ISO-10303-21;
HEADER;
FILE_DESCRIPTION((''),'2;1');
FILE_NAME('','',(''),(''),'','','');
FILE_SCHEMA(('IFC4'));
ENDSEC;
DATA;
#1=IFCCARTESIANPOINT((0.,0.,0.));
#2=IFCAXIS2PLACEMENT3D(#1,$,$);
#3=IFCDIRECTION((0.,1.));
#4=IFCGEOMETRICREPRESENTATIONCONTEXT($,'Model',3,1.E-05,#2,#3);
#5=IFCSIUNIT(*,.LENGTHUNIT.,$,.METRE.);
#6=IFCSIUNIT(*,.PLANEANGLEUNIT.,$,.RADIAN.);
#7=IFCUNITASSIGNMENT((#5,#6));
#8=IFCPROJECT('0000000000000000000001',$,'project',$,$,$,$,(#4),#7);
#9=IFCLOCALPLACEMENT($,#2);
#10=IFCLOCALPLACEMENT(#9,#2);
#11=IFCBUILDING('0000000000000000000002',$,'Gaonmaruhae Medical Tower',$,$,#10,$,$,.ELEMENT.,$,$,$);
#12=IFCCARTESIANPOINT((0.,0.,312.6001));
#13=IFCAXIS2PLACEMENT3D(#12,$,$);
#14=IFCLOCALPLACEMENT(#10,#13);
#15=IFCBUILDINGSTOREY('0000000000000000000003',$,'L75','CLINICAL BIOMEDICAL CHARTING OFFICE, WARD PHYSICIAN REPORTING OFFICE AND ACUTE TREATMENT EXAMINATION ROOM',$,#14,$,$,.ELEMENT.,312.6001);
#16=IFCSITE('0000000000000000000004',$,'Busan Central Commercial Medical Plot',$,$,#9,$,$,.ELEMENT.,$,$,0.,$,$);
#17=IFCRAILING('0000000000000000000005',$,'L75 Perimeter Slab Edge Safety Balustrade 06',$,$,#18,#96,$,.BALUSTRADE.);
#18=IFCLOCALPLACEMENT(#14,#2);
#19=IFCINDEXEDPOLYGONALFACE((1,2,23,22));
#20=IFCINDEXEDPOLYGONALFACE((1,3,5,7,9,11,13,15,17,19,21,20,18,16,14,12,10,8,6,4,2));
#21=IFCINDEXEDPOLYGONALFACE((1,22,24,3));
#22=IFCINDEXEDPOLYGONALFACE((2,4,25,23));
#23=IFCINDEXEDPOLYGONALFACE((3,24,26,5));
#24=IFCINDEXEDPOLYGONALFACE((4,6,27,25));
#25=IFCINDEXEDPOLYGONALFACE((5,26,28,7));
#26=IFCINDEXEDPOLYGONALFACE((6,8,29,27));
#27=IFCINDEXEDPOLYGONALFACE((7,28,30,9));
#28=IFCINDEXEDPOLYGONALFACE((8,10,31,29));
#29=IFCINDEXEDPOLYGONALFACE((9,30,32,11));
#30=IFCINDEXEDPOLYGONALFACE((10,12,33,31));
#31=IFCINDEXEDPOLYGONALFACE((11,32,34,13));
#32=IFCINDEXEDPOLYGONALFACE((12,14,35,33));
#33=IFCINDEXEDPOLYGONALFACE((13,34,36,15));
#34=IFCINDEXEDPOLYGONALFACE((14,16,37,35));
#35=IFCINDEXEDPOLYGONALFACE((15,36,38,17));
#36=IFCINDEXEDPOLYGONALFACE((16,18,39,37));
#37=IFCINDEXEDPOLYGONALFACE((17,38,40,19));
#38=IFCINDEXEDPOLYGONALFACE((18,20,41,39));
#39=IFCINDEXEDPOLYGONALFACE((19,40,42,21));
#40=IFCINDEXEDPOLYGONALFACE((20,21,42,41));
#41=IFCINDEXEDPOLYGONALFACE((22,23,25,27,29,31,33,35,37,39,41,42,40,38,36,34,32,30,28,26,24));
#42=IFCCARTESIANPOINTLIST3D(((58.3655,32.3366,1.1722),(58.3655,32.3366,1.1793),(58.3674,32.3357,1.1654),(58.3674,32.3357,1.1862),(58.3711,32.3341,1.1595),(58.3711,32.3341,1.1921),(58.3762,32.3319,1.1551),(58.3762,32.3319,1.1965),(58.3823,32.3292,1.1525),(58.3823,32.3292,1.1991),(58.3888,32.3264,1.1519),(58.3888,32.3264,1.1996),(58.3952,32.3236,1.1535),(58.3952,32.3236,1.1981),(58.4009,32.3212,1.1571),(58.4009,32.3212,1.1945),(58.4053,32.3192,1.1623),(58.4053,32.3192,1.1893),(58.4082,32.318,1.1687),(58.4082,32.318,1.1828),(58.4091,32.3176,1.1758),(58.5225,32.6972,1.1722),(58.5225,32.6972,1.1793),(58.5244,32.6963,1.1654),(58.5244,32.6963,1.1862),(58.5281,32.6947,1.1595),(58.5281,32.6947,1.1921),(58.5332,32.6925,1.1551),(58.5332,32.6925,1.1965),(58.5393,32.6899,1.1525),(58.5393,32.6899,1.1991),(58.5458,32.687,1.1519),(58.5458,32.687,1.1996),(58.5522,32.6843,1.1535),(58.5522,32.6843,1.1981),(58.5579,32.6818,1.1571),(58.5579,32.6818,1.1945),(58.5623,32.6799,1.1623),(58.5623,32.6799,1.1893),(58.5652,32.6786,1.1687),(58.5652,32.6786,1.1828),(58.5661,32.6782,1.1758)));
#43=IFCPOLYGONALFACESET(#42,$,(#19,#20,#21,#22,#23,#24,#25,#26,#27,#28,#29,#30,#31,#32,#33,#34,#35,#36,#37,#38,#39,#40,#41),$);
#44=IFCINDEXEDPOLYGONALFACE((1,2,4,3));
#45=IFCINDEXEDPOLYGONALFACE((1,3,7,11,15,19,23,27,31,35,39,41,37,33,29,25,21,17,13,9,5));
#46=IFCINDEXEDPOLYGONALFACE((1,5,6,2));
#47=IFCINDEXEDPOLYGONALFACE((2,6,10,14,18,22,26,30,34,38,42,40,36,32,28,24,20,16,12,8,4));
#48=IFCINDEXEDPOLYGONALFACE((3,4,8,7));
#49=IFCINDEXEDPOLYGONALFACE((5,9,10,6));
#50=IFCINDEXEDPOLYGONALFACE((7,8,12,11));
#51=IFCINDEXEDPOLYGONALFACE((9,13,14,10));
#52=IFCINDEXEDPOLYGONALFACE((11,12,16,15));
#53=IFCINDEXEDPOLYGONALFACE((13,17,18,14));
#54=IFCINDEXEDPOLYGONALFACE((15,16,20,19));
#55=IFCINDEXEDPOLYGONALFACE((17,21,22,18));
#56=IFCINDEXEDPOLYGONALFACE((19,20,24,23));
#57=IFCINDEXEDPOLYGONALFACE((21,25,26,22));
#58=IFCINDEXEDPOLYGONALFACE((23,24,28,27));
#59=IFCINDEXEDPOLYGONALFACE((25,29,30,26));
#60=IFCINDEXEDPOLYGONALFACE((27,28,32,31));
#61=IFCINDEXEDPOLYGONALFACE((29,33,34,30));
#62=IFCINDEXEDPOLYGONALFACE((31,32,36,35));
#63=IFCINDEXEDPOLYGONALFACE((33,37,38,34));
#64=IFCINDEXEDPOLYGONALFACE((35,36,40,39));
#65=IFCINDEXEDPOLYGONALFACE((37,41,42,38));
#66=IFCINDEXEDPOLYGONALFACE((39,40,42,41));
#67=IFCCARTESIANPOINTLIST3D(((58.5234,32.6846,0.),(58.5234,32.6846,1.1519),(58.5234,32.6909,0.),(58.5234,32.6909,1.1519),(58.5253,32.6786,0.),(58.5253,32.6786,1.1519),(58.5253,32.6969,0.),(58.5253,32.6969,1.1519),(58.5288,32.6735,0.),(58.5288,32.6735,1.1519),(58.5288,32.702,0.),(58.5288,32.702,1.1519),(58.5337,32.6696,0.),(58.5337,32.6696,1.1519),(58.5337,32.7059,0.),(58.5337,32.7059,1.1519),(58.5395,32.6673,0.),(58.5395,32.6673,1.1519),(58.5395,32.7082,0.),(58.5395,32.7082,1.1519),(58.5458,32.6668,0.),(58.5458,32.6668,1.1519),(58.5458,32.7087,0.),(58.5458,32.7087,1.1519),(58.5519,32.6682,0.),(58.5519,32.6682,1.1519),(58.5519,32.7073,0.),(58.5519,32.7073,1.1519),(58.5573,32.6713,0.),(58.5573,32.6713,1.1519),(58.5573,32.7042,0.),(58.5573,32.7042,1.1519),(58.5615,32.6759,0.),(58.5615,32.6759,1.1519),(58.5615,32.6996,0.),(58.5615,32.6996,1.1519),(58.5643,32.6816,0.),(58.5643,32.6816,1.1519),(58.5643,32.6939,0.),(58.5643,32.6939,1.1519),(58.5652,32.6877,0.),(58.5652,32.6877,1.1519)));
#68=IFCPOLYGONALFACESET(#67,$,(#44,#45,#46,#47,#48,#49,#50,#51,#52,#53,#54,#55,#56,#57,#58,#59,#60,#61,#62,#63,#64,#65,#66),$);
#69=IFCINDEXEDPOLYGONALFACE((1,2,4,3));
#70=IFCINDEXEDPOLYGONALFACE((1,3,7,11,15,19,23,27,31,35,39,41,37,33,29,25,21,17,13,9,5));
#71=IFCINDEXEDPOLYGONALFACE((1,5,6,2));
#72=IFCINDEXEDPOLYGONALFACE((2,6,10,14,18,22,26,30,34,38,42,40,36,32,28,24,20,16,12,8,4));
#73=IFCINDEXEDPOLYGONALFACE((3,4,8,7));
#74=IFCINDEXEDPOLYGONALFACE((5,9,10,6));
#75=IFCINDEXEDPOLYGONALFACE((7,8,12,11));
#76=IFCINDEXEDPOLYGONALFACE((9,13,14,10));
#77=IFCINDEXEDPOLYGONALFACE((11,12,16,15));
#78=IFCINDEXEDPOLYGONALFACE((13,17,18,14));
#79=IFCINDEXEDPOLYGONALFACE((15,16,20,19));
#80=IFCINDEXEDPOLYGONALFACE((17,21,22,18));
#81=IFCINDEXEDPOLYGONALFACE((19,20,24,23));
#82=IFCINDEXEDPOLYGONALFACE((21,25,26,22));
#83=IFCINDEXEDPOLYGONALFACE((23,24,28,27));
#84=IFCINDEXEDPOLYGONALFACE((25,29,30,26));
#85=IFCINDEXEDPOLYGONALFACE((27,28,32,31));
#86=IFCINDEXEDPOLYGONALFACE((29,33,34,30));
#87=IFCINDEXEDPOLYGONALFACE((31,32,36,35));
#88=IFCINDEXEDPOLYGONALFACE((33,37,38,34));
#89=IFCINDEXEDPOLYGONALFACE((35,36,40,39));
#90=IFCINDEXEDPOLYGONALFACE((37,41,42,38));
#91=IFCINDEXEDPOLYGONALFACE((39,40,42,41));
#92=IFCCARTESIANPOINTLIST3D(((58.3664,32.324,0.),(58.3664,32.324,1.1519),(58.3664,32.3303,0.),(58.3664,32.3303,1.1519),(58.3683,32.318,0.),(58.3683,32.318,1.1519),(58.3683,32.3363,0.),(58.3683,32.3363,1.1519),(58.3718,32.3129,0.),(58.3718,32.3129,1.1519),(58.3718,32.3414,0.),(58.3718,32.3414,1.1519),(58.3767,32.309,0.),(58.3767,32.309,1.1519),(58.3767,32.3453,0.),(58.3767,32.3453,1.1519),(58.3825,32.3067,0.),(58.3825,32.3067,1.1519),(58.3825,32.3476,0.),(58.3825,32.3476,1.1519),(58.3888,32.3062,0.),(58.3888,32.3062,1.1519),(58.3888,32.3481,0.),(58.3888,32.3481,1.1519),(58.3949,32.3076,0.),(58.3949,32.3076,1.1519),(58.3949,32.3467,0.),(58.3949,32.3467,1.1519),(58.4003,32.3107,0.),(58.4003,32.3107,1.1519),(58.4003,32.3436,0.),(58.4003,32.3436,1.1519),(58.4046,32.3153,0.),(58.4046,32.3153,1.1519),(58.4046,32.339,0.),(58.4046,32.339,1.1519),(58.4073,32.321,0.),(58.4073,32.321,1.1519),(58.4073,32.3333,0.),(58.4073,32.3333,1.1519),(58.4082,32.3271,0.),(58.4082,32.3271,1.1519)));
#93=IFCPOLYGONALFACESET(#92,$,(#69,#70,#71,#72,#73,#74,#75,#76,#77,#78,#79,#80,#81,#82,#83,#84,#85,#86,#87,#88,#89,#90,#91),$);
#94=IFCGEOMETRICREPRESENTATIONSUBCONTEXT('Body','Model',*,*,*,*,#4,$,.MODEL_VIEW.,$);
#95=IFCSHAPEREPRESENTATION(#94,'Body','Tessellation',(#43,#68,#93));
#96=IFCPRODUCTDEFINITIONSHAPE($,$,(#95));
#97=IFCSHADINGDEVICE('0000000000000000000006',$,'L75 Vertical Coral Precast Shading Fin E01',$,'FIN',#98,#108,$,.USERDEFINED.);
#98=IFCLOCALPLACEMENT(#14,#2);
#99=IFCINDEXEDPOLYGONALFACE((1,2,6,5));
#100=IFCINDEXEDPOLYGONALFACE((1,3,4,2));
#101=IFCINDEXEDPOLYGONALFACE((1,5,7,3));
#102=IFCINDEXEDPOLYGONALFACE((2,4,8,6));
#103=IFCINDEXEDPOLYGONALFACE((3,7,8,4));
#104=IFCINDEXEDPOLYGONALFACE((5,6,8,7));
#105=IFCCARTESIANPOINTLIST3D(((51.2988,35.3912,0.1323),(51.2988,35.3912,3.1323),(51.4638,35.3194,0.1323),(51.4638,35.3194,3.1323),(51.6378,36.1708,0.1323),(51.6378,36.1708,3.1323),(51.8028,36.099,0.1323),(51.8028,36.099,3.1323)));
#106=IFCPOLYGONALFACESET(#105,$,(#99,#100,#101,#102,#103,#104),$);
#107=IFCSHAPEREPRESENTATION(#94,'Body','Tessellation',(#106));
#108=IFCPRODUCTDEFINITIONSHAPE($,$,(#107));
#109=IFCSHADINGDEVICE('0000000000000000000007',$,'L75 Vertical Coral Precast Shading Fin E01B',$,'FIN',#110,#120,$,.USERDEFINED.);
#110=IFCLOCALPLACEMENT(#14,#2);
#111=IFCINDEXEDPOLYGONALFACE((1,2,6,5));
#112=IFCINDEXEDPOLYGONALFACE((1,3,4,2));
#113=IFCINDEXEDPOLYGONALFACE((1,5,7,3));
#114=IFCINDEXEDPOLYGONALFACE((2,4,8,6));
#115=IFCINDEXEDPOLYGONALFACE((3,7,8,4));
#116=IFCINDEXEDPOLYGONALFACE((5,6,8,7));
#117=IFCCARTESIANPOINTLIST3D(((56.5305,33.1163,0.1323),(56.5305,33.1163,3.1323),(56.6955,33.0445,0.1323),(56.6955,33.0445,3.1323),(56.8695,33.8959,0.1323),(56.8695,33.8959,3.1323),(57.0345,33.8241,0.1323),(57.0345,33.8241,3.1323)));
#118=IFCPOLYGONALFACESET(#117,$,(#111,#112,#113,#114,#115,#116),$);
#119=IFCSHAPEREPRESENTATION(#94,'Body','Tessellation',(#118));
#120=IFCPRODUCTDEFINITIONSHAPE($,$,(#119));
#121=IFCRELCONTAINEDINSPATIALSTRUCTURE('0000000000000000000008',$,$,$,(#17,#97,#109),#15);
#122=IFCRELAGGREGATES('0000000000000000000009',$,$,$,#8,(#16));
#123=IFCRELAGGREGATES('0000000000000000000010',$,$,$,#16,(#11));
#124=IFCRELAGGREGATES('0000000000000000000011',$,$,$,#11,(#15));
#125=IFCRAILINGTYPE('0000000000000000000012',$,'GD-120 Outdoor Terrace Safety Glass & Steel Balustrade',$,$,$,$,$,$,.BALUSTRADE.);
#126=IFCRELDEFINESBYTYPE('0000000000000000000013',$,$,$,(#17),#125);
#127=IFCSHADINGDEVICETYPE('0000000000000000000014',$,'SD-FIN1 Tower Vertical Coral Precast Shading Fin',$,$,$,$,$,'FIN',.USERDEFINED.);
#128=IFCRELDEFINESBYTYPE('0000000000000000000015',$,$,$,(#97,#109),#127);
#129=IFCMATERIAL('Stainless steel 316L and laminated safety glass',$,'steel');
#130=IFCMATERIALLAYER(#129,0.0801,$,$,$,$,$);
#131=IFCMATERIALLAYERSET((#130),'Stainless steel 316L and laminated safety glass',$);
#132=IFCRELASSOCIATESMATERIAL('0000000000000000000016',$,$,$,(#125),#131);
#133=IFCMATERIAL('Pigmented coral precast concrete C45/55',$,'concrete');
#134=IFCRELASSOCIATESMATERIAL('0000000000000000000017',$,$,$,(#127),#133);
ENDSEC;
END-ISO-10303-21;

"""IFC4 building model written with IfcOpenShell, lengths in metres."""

from ifc_helpers import new_model, si_unit, direction, frame, origin, origin_2d, place, context, subcontext, project, spatial, rectangle, circle, extrude, material, layer, layer_set, type_object, element, save


model = new_model("IFC4")

# Units and contexts
model_context = context("Model", 3, precision=1e-05, world=origin(), true_north=direction((0.0, 1.0)))
body_context = subcontext(model_context, "Body", "Model", "MODEL_VIEW")
ifc_project = project(units=[si_unit("LENGTHUNIT", "METRE"), si_unit("PLANEANGLEUNIT", "RADIAN")], contexts=[model_context])

# Site, building, storey
site_placement = place(None, origin())
site = spatial("IfcSite", under=ifc_project, at=site_placement, Name="Busan Central Commercial Medical Plot", CompositionType="ELEMENT", RefElevation=0.0)
building_placement = place(site_placement, origin())
building = spatial("IfcBuilding", under=site, at=building_placement, Name="Gaonmaruhae Medical Tower", CompositionType="ELEMENT")
storey_placement = place(building_placement, frame((0.0, 0.0, 312.6001)))
storey = spatial("IfcBuildingStorey", under=building, at=storey_placement, Name="L75", Description="CLINICAL BIOMEDICAL CHARTING OFFICE, WARD PHYSICIAN REPORTING OFFICE AND ACUTE TREATMENT EXAMINATION ROOM", CompositionType="ELEMENT", Elevation=312.6001)

# Railing
ifc_material_1 = material(Name="Stainless steel 316L and laminated safety glass", Category="steel")
ifc_layer_1 = layer(ifc_material_1, 0.0801)
ifc_layer_set_1 = layer_set([ifc_layer_1], Name="Stainless steel 316L and laminated safety glass")
railing_type = type_object("IfcRailingType", Name="GD-120 Outdoor Terrace Safety Glass & Steel Balustrade", PredefinedType="BALUSTRADE", material=ifc_layer_set_1)
railing_1_placement = place(storey_placement, frame((58.5442, 32.6877, 0.0)))
element("IfcRailing", 1, at=railing_1_placement, inside=storey, type_object=railing_type, Name="L75 Perimeter Slab Edge Safety Balustrade 06", PredefinedType="BALUSTRADE", context=body_context, shape_type="SweptSolid", body=[
    extrude(circle(Radius=0.0239, at=origin_2d()), frame((0.0, 0.0, 1.1758), z_axis=(-0.399157, -0.916882, 0.0), x_axis=(0.916882, -0.399157, 0.0)), (0.0, 0.0, 1.0), 0.3933),
    extrude(circle(Radius=0.021, at=origin_2d()), origin(), (0.0, 0.0, 1.0), 1.1519),
    extrude(circle(Radius=0.021, at=origin_2d()), frame((-0.157, -0.3606, 0.0)), (0.0, 0.0, 1.0), 1.1519),
])

# Shading devices
ifc_material_2 = material(Name="Pigmented coral precast concrete C45/55", Category="concrete")
shading_device_type = type_object("IfcShadingDeviceType", Name="SD-FIN1 Tower Vertical Coral Precast Shading Fin", ElementType="FIN", PredefinedType="USERDEFINED", material=ifc_material_2)
for number, where, z_axis, x_axis, name in (
    (2, (51.5508, 35.7451, 0.1323), (0.0, 0.0, 1.0), (0.91706, -0.398749, 0.0), "L75 Vertical Coral Precast Shading Fin E01"),
    (3, (56.7825, 33.4702, 0.1323), (0.0, 0.0, 1.0), (0.91706, -0.398749, 0.0), "L75 Vertical Coral Precast Shading Fin E01B"),
):
    element("IfcShadingDevice", number, at=place(storey_placement, frame(where, z_axis=z_axis, x_axis=x_axis)), inside=storey, type_object=shading_device_type, Name=name, ObjectType="FIN", PredefinedType="USERDEFINED", context=body_context, shape_type="SweptSolid", body=[
        extrude(rectangle(XDim=0.1799, YDim=0.8501, at=origin_2d()), origin(), (0.0, 0.0, 1.0), 3.0),
    ])

save(model, "model.ifc")
